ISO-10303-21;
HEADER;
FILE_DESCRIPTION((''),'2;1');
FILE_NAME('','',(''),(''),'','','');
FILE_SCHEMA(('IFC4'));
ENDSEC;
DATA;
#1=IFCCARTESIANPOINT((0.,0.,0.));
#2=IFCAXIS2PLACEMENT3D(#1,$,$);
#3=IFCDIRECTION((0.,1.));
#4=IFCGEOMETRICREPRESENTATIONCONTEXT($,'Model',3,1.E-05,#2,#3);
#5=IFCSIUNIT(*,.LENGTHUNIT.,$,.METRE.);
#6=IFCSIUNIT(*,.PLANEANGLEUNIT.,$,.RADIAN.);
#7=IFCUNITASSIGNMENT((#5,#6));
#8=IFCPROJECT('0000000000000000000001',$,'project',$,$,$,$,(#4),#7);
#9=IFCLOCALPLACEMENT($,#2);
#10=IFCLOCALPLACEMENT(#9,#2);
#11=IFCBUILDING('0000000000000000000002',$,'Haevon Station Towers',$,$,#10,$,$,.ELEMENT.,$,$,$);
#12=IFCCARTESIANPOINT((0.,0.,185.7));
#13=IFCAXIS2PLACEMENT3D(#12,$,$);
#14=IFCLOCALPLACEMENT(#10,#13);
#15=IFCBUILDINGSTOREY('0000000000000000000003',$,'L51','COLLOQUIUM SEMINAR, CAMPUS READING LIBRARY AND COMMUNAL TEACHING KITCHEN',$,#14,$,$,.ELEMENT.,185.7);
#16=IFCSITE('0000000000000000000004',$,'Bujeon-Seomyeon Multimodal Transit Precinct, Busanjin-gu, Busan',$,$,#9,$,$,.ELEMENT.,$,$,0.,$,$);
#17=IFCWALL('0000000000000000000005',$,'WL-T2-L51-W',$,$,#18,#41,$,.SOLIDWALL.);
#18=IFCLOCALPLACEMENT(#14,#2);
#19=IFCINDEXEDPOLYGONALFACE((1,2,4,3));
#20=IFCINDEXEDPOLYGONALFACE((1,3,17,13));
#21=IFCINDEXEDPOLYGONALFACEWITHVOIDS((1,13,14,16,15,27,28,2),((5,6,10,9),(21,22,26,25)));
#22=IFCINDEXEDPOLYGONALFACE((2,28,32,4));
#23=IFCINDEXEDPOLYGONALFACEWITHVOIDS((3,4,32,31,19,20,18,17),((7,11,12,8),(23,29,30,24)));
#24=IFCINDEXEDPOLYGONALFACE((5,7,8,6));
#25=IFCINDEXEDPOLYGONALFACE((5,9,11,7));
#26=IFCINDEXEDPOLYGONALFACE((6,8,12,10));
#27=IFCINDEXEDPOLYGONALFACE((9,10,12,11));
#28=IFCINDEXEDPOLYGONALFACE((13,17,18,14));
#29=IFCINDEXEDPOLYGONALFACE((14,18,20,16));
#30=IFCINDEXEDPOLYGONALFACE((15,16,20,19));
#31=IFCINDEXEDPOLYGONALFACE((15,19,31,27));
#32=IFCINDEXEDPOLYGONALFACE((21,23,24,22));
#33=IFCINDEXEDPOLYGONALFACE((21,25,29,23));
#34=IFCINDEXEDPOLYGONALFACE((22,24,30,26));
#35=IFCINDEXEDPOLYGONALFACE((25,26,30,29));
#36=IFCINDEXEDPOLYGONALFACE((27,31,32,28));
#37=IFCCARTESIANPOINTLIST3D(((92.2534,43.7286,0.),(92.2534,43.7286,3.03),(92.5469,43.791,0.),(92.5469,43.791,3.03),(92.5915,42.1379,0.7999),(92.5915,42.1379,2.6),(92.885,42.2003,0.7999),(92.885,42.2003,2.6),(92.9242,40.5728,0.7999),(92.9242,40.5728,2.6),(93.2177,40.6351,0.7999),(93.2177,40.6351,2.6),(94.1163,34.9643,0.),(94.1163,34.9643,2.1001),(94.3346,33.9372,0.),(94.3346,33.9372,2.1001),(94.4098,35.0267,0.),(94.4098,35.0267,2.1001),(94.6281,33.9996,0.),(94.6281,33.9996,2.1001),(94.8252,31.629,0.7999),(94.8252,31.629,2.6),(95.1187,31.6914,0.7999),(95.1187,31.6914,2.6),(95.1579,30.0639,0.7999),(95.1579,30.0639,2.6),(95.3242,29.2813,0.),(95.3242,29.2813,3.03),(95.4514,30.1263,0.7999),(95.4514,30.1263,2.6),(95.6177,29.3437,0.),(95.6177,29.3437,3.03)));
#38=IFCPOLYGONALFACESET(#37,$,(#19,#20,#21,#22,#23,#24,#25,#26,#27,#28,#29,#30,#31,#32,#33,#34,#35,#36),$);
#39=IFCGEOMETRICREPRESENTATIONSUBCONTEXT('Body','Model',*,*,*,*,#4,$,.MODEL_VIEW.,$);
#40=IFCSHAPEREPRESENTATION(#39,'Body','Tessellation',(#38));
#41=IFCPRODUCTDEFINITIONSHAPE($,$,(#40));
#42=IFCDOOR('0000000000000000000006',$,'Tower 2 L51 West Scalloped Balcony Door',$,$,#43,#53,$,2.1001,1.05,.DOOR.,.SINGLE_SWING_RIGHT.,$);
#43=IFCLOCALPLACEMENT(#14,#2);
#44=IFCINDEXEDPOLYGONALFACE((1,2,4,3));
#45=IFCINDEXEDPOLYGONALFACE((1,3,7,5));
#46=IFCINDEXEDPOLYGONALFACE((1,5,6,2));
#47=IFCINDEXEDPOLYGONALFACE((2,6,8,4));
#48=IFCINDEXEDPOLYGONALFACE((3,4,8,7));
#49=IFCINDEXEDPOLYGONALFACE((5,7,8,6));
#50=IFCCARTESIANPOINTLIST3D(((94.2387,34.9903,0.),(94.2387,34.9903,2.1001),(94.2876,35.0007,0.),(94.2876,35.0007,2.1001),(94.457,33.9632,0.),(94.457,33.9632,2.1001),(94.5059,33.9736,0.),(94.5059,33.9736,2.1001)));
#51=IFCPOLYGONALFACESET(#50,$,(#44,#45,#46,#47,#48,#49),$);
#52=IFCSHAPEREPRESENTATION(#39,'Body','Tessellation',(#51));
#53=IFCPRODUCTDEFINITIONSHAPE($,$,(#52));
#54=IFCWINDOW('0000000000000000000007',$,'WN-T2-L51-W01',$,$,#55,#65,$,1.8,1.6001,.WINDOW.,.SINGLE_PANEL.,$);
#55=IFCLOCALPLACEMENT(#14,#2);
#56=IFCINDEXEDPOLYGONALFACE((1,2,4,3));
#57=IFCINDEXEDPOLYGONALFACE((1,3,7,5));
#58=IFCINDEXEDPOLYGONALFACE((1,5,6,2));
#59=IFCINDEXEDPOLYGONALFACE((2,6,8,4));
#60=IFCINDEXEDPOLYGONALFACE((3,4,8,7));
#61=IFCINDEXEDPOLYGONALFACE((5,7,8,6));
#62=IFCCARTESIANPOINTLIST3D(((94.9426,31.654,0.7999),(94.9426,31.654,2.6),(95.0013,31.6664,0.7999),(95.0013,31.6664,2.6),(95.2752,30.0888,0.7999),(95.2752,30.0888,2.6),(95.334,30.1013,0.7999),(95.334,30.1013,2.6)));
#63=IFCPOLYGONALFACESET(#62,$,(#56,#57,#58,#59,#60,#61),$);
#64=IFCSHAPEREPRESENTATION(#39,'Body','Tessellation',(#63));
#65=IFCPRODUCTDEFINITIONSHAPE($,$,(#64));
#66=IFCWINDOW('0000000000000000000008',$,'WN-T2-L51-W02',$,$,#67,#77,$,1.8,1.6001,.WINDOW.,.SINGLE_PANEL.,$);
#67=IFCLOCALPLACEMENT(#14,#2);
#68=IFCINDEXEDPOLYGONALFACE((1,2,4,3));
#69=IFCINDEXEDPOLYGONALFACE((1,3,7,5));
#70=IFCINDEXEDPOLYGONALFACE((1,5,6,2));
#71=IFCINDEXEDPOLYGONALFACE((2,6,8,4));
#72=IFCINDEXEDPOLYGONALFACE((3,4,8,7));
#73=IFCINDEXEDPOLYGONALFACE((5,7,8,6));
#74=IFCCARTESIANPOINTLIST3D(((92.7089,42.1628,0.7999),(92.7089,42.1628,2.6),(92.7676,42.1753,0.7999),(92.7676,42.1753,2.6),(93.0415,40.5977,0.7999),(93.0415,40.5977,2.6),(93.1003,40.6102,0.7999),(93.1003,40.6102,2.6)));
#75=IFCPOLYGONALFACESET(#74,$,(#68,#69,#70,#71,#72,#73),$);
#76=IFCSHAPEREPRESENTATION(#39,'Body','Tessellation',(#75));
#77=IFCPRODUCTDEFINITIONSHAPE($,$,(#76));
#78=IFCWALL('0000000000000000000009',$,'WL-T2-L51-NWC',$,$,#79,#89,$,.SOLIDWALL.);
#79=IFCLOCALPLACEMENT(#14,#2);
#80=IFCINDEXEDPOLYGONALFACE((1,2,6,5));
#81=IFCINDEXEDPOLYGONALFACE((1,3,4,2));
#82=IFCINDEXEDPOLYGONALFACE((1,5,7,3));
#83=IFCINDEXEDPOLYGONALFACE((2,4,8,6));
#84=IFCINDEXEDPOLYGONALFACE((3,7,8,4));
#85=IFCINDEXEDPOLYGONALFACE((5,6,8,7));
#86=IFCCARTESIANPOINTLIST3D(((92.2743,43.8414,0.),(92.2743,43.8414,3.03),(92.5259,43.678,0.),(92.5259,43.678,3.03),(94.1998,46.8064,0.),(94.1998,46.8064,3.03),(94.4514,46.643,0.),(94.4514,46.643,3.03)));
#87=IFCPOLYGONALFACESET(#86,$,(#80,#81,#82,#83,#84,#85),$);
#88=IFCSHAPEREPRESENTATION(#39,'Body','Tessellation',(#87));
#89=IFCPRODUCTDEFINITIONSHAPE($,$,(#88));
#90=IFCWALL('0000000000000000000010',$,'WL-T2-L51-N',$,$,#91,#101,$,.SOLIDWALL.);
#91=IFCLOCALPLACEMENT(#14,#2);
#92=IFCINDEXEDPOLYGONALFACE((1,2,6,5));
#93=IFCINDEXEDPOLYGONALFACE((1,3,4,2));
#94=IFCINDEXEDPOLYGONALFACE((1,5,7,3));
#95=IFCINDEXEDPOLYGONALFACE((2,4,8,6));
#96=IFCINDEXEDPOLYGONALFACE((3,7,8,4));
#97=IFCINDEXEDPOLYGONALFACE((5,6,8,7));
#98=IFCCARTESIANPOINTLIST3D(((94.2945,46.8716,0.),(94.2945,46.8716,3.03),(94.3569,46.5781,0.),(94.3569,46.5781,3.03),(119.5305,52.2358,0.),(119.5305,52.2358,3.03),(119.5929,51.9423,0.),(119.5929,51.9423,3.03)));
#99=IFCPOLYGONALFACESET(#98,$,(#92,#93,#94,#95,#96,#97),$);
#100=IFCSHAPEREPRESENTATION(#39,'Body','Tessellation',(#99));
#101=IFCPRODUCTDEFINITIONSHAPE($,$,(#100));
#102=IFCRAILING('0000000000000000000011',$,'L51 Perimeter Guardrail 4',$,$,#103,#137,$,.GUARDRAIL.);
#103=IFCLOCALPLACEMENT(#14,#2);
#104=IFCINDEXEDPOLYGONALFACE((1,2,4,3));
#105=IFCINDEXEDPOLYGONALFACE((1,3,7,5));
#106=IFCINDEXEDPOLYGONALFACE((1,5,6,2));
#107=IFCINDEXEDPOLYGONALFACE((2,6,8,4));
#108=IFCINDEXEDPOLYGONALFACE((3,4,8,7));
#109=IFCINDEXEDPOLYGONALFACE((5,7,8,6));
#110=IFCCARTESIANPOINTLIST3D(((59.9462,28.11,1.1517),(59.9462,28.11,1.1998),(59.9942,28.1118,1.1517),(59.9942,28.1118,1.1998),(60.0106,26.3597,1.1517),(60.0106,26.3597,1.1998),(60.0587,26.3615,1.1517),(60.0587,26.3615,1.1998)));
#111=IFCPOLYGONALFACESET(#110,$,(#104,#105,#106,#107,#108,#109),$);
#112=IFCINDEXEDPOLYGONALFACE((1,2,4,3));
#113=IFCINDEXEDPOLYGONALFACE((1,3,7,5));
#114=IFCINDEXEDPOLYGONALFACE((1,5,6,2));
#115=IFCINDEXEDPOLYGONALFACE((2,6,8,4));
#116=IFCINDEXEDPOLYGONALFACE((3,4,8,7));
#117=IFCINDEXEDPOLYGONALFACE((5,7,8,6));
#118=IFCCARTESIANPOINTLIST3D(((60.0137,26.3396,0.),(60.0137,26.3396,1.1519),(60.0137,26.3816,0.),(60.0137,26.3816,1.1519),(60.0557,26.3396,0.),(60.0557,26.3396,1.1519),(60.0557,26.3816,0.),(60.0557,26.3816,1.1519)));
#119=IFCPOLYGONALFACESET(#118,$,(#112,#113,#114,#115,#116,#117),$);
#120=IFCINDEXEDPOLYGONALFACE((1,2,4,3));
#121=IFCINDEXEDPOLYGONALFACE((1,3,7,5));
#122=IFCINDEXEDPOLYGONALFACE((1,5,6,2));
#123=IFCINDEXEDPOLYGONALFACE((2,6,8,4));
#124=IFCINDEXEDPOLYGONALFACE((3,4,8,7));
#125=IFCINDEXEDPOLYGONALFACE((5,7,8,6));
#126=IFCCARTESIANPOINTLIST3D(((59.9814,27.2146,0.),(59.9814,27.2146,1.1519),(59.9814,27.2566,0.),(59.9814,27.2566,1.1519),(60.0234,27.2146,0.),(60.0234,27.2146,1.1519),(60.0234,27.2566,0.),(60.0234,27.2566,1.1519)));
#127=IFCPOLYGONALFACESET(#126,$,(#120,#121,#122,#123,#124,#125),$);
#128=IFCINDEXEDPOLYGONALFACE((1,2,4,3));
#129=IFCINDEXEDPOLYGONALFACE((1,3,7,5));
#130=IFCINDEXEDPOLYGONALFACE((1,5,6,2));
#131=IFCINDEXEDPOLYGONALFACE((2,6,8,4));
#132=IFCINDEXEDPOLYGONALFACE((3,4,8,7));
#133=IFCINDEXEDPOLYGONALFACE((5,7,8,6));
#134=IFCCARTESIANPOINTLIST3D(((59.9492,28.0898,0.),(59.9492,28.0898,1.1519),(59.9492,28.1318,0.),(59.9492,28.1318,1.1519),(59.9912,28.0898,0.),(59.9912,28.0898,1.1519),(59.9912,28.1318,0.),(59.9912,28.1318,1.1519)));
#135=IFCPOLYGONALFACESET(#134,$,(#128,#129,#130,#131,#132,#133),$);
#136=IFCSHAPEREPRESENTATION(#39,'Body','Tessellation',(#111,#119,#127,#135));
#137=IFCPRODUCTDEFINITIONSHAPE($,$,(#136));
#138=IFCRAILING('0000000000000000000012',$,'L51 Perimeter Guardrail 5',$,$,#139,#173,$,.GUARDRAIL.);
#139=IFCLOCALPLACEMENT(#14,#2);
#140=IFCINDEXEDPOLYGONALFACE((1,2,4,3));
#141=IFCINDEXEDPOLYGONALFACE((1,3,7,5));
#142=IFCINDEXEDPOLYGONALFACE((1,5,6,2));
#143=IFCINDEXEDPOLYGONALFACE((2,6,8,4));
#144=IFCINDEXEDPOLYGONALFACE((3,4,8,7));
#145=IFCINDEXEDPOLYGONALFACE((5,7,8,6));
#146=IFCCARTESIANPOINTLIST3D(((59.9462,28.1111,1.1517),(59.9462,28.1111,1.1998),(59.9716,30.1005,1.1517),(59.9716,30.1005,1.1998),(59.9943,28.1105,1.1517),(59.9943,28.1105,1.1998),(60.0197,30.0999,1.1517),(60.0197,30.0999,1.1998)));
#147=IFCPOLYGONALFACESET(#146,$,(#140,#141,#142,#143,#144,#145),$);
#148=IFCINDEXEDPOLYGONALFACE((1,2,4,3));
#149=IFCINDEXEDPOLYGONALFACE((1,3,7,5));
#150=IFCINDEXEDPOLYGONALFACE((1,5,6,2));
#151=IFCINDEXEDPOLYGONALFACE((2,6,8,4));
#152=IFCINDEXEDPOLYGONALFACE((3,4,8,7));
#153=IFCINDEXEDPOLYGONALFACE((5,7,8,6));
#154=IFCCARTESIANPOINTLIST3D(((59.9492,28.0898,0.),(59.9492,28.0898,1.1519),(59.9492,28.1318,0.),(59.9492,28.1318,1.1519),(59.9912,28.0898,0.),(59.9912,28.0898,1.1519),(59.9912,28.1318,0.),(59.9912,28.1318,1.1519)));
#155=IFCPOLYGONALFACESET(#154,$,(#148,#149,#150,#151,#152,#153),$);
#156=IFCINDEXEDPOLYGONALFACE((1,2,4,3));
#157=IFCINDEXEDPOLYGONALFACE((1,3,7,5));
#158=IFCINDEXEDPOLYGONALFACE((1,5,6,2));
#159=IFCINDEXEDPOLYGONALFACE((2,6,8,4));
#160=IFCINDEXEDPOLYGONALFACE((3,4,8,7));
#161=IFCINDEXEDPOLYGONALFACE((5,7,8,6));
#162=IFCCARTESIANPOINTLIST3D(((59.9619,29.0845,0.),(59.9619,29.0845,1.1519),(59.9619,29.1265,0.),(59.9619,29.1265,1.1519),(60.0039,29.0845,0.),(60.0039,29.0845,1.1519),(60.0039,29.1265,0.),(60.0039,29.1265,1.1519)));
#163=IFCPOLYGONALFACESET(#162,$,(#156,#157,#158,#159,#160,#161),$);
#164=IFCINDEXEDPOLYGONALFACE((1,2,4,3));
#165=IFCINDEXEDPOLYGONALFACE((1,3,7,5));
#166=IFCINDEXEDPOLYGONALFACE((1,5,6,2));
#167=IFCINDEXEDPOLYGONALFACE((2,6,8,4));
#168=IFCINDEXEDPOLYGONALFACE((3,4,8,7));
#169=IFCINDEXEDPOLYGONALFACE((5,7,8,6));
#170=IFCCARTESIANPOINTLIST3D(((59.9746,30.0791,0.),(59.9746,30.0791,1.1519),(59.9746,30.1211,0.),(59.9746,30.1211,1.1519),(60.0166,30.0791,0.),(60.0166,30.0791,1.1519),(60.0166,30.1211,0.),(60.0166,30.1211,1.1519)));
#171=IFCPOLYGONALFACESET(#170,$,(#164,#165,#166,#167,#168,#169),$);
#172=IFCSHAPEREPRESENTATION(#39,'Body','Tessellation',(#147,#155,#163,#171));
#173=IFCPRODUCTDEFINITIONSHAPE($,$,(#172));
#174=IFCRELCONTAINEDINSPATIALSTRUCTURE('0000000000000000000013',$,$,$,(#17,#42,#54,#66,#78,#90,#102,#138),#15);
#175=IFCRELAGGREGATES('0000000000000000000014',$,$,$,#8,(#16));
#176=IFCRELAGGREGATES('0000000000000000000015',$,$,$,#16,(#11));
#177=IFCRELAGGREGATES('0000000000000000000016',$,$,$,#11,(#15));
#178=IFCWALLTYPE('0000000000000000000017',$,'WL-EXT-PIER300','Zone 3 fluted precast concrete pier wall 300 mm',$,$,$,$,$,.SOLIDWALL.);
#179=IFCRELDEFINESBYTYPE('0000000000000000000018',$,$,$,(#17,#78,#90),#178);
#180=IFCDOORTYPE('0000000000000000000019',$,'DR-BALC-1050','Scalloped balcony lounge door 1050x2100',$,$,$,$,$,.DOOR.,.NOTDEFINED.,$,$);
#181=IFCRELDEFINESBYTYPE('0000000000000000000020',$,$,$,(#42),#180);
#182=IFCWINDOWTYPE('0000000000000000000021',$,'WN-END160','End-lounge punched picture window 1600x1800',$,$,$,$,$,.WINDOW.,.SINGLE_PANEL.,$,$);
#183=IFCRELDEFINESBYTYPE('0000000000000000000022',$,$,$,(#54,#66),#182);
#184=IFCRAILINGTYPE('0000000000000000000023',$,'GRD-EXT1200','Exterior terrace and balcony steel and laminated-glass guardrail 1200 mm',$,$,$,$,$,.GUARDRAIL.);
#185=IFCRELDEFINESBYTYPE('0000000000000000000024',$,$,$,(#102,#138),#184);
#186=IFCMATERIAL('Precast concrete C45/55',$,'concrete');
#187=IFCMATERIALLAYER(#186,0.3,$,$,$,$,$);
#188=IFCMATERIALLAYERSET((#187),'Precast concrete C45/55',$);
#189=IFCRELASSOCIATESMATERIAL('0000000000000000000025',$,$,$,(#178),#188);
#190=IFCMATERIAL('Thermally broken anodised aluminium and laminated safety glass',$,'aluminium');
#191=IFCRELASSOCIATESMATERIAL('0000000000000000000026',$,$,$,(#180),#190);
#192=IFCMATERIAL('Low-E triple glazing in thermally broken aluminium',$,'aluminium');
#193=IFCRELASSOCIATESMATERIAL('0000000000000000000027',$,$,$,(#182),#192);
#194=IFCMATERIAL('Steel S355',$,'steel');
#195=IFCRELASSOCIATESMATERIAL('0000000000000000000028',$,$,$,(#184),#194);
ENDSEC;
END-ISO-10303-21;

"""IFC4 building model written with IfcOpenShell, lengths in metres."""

from ifc_helpers import new_model, si_unit, direction, frame, frame_2d, origin, origin_2d, place, context, subcontext, project, spatial, rectangle, extrude, material, layer, layer_set, type_object, element, fill, save


model = new_model("IFC4")

# Units and contexts
model_context = context("Model", 3, precision=1e-05, world=origin(), true_north=direction((0.0, 1.0)))
body_context = subcontext(model_context, "Body", "Model", "MODEL_VIEW")
ifc_project = project(units=[si_unit("LENGTHUNIT", "METRE"), si_unit("PLANEANGLEUNIT", "RADIAN")], contexts=[model_context])

# Site, building, storey
site_placement = place(None, origin())
site = spatial("IfcSite", under=ifc_project, at=site_placement, Name="Bujeon-Seomyeon Multimodal Transit Precinct, Busanjin-gu, Busan", CompositionType="ELEMENT", RefElevation=0.0)
building_placement = place(site_placement, origin())
building = spatial("IfcBuilding", under=site, at=building_placement, Name="Haevon Station Towers", CompositionType="ELEMENT")
storey_placement = place(building_placement, frame((0.0, 0.0, 185.7)))
storey = spatial("IfcBuildingStorey", under=building, at=storey_placement, Name="L51", Description="COLLOQUIUM SEMINAR, CAMPUS READING LIBRARY AND COMMUNAL TEACHING KITCHEN", CompositionType="ELEMENT", Elevation=185.7)

# Shared definitions
ifc_material_1 = material(Name="Steel S355", Category="steel")

# Wall, openings, door, windows
ifc_material_2 = material(Name="Precast concrete C45/55", Category="concrete")
ifc_layer_1 = layer(ifc_material_2, 0.3)
ifc_layer_set_1 = layer_set([ifc_layer_1], Name="Precast concrete C45/55")
wall_type = type_object("IfcWallType", Name="WL-EXT-PIER300", Description="Zone 3 fluted precast concrete pier wall 300 mm", PredefinedType="SOLIDWALL", material=ifc_layer_set_1)
wall_1_placement = place(storey_placement, frame((95.4709, 29.3125, 0.0), z_axis=(0.0, 0.0, 1.0), x_axis=(-0.207908, 0.978148, 0.0)))
wall_1 = element("IfcWall", 1, at=wall_1_placement, inside=storey, type_object=wall_type, Name="WL-T2-L51-W", PredefinedType="SOLIDWALL", context=body_context, shape_type="SweptSolid", body=[
    extrude(rectangle(XDim=14.77, YDim=0.3, at=frame_2d((7.385, 0.0))), origin(), (0.0, 0.0, 1.0), 3.03),
])
opening_1_placement = place(wall_1_placement, frame((4.76, 0.0, 0.0)))
opening_1 = element("IfcOpeningElement", 2, at=opening_1_placement, cuts=wall_1, PredefinedType="OPENING", context=body_context, shape_type="SweptSolid", body=[
    extrude(rectangle(XDim=1.05, YDim=2.1001, at=frame_2d((0.5249, 1.05))), frame((0.0, 0.1599, 0.0), z_axis=(0.0, -1.0, 0.0), x_axis=(1.0, 0.0, 0.0)), (0.0, 0.0, 1.0), 0.3201),
])
opening_2_placement = place(wall_1_placement, frame((0.8, 0.0, 0.8)))
opening_2 = element("IfcOpeningElement", 3, at=opening_2_placement, cuts=wall_1, PredefinedType="OPENING", context=body_context, shape_type="SweptSolid", body=[
    extrude(rectangle(XDim=1.6001, YDim=1.8, at=frame_2d((0.8, 0.8999))), frame((0.0, 0.1599, 0.0), z_axis=(0.0, -1.0, 0.0), x_axis=(1.0, 0.0, 0.0)), (0.0, 0.0, 1.0), 0.3201),
])
opening_3_placement = place(wall_1_placement, frame((11.5437, 0.0, 0.8)))
opening_3 = element("IfcOpeningElement", 4, at=opening_3_placement, cuts=wall_1, PredefinedType="OPENING", context=body_context, shape_type="SweptSolid", body=[
    extrude(rectangle(XDim=1.6001, YDim=1.8, at=frame_2d((0.8, 0.8999))), frame((0.0, 0.1599, 0.0), z_axis=(0.0, -1.0, 0.0), x_axis=(1.0, 0.0, 0.0)), (0.0, 0.0, 1.0), 0.3201),
])
ifc_material_3 = material(Name="Thermally broken anodised aluminium and laminated safety glass", Category="aluminium")
door_type = type_object("IfcDoorType", Name="DR-BALC-1050", Description="Scalloped balcony lounge door 1050x2100", OperationType="NOTDEFINED", PredefinedType="DOOR", material=ifc_material_3)
door_placement = place(opening_1_placement, origin())
door = element("IfcDoor", 5, at=door_placement, inside=storey, type_object=door_type, Name="Tower 2 L51 West Scalloped Balcony Door", OperationType="SINGLE_SWING_RIGHT", OverallHeight=2.1001, OverallWidth=1.05, PredefinedType="DOOR", context=body_context, shape_type="SweptSolid", body=[
    extrude(rectangle(XDim=1.05, YDim=2.1001, at=frame_2d((0.5249, 1.05))), frame((0.0, 0.0249, 0.0), z_axis=(0.0, -1.0, 0.0), x_axis=(1.0, 0.0, 0.0)), (0.0, 0.0, 1.0), 0.05),
])
fill(opening_1, door)
ifc_material_4 = material(Name="Low-E triple glazing in thermally broken aluminium", Category="aluminium")
window_type = type_object("IfcWindowType", Name="WN-END160", Description="End-lounge punched picture window 1600x1800", PartitioningType="SINGLE_PANEL", PredefinedType="WINDOW", material=ifc_material_4)
window_1_placement = place(opening_2_placement, origin())
window_1 = element("IfcWindow", 6, at=window_1_placement, inside=storey, type_object=window_type, Name="WN-T2-L51-W01", OverallHeight=1.8, OverallWidth=1.6001, PartitioningType="SINGLE_PANEL", PredefinedType="WINDOW", context=body_context, shape_type="SweptSolid", body=[
    extrude(rectangle(XDim=1.6001, YDim=1.8, at=frame_2d((0.8, 0.8999))), frame((0.0, 0.03, 0.0), z_axis=(0.0, -1.0, 0.0), x_axis=(1.0, 0.0, 0.0)), (0.0, 0.0, 1.0), 0.0601),
])
fill(opening_2, window_1)
window_2_placement = place(opening_3_placement, origin())
window_2 = element("IfcWindow", 7, at=window_2_placement, inside=storey, type_object=window_type, Name="WN-T2-L51-W02", OverallHeight=1.8, OverallWidth=1.6001, PartitioningType="SINGLE_PANEL", PredefinedType="WINDOW", context=body_context, shape_type="SweptSolid", body=[
    extrude(rectangle(XDim=1.6001, YDim=1.8, at=frame_2d((0.8, 0.8999))), frame((0.0, 0.03, 0.0), z_axis=(0.0, -1.0, 0.0), x_axis=(1.0, 0.0, 0.0)), (0.0, 0.0, 1.0), 0.0601),
])
fill(opening_3, window_2)

# Walls
wall_2_placement = place(storey_placement, frame((92.4001, 43.7598, 0.0), z_axis=(0.0, 0.0, 1.0), x_axis=(0.544636, 0.838672, 0.0)))
element("IfcWall", 8, at=wall_2_placement, inside=storey, type_object=wall_type, Name="WL-T2-L51-NWC", PredefinedType="SOLIDWALL", context=body_context, shape_type="SweptSolid", body=[
    extrude(rectangle(XDim=3.5354, YDim=0.3, at=frame_2d((1.7676, 0.0))), origin(), (0.0, 0.0, 1.0), 3.03),
])
wall_3_placement = place(storey_placement, frame((94.3257, 46.7249, 0.0), z_axis=(0.0, 0.0, 1.0), x_axis=(0.978146, 0.207918, 0.0)))
element("IfcWall", 9, at=wall_3_placement, inside=storey, type_object=wall_type, Name="WL-T2-L51-N", PredefinedType="SOLIDWALL", context=body_context, shape_type="SweptSolid", body=[
    extrude(rectangle(XDim=25.7998, YDim=0.3, at=frame_2d((12.8999, 0.0))), origin(), (0.0, 0.0, 1.0), 3.03),
])

# Railings
railing_type = type_object("IfcRailingType", Name="GRD-EXT1200", Description="Exterior terrace and balcony steel and laminated-glass guardrail 1200 mm", PredefinedType="GUARDRAIL", material=ifc_material_1)
railing_1_placement = place(storey_placement, frame((60.0347, 26.3606, 0.0)))
element("IfcRailing", 10, at=railing_1_placement, inside=storey, type_object=railing_type, Name="L51 Perimeter Guardrail 4", PredefinedType="GUARDRAIL", context=body_context, shape_type="SweptSolid", body=[
    extrude(rectangle(XDim=0.0481, YDim=0.0481, at=origin_2d()), frame((0.0, 0.0, 1.1758), z_axis=(-0.0368, 0.999323, 0.0), x_axis=(-0.999323, -0.0368, 0.0)), (0.0, 0.0, 1.0), 1.7515),
    extrude(rectangle(XDim=0.042, YDim=0.042, at=origin_2d()), origin(), (0.0, 0.0, 1.0), 1.1519),
    extrude(rectangle(XDim=0.042, YDim=0.042, at=origin_2d()), frame((-0.0322, 0.875, 0.0)), (0.0, 0.0, 1.0), 1.1519),
    extrude(rectangle(XDim=0.042, YDim=0.042, at=origin_2d()), frame((-0.0645, 1.7502, 0.0)), (0.0, 0.0, 1.0), 1.1519),
])
railing_2_placement = place(storey_placement, frame((59.9702, 28.1108, 0.0)))
element("IfcRailing", 11, at=railing_2_placement, inside=storey, type_object=railing_type, Name="L51 Perimeter Guardrail 5", PredefinedType="GUARDRAIL", context=body_context, shape_type="SweptSolid", body=[
    extrude(rectangle(XDim=0.0481, YDim=0.0481, at=origin_2d()), frame((0.0, 0.0, 1.1758), z_axis=(0.012763, 0.999919, 0.0), x_axis=(-0.999919, 0.012763, 0.0)), (0.0, 0.0, 1.0), 1.9895),
    extrude(rectangle(XDim=0.042, YDim=0.042, at=origin_2d()), origin(), (0.0, 0.0, 1.0), 1.1519),
    extrude(rectangle(XDim=0.042, YDim=0.042, at=origin_2d()), frame((0.0127, 0.9946, 0.0)), (0.0, 0.0, 1.0), 1.1519),
    extrude(rectangle(XDim=0.042, YDim=0.042, at=origin_2d()), frame((0.0254, 1.9893, 0.0)), (0.0, 0.0, 1.0), 1.1519),
])

save(model, "model.ifc")
